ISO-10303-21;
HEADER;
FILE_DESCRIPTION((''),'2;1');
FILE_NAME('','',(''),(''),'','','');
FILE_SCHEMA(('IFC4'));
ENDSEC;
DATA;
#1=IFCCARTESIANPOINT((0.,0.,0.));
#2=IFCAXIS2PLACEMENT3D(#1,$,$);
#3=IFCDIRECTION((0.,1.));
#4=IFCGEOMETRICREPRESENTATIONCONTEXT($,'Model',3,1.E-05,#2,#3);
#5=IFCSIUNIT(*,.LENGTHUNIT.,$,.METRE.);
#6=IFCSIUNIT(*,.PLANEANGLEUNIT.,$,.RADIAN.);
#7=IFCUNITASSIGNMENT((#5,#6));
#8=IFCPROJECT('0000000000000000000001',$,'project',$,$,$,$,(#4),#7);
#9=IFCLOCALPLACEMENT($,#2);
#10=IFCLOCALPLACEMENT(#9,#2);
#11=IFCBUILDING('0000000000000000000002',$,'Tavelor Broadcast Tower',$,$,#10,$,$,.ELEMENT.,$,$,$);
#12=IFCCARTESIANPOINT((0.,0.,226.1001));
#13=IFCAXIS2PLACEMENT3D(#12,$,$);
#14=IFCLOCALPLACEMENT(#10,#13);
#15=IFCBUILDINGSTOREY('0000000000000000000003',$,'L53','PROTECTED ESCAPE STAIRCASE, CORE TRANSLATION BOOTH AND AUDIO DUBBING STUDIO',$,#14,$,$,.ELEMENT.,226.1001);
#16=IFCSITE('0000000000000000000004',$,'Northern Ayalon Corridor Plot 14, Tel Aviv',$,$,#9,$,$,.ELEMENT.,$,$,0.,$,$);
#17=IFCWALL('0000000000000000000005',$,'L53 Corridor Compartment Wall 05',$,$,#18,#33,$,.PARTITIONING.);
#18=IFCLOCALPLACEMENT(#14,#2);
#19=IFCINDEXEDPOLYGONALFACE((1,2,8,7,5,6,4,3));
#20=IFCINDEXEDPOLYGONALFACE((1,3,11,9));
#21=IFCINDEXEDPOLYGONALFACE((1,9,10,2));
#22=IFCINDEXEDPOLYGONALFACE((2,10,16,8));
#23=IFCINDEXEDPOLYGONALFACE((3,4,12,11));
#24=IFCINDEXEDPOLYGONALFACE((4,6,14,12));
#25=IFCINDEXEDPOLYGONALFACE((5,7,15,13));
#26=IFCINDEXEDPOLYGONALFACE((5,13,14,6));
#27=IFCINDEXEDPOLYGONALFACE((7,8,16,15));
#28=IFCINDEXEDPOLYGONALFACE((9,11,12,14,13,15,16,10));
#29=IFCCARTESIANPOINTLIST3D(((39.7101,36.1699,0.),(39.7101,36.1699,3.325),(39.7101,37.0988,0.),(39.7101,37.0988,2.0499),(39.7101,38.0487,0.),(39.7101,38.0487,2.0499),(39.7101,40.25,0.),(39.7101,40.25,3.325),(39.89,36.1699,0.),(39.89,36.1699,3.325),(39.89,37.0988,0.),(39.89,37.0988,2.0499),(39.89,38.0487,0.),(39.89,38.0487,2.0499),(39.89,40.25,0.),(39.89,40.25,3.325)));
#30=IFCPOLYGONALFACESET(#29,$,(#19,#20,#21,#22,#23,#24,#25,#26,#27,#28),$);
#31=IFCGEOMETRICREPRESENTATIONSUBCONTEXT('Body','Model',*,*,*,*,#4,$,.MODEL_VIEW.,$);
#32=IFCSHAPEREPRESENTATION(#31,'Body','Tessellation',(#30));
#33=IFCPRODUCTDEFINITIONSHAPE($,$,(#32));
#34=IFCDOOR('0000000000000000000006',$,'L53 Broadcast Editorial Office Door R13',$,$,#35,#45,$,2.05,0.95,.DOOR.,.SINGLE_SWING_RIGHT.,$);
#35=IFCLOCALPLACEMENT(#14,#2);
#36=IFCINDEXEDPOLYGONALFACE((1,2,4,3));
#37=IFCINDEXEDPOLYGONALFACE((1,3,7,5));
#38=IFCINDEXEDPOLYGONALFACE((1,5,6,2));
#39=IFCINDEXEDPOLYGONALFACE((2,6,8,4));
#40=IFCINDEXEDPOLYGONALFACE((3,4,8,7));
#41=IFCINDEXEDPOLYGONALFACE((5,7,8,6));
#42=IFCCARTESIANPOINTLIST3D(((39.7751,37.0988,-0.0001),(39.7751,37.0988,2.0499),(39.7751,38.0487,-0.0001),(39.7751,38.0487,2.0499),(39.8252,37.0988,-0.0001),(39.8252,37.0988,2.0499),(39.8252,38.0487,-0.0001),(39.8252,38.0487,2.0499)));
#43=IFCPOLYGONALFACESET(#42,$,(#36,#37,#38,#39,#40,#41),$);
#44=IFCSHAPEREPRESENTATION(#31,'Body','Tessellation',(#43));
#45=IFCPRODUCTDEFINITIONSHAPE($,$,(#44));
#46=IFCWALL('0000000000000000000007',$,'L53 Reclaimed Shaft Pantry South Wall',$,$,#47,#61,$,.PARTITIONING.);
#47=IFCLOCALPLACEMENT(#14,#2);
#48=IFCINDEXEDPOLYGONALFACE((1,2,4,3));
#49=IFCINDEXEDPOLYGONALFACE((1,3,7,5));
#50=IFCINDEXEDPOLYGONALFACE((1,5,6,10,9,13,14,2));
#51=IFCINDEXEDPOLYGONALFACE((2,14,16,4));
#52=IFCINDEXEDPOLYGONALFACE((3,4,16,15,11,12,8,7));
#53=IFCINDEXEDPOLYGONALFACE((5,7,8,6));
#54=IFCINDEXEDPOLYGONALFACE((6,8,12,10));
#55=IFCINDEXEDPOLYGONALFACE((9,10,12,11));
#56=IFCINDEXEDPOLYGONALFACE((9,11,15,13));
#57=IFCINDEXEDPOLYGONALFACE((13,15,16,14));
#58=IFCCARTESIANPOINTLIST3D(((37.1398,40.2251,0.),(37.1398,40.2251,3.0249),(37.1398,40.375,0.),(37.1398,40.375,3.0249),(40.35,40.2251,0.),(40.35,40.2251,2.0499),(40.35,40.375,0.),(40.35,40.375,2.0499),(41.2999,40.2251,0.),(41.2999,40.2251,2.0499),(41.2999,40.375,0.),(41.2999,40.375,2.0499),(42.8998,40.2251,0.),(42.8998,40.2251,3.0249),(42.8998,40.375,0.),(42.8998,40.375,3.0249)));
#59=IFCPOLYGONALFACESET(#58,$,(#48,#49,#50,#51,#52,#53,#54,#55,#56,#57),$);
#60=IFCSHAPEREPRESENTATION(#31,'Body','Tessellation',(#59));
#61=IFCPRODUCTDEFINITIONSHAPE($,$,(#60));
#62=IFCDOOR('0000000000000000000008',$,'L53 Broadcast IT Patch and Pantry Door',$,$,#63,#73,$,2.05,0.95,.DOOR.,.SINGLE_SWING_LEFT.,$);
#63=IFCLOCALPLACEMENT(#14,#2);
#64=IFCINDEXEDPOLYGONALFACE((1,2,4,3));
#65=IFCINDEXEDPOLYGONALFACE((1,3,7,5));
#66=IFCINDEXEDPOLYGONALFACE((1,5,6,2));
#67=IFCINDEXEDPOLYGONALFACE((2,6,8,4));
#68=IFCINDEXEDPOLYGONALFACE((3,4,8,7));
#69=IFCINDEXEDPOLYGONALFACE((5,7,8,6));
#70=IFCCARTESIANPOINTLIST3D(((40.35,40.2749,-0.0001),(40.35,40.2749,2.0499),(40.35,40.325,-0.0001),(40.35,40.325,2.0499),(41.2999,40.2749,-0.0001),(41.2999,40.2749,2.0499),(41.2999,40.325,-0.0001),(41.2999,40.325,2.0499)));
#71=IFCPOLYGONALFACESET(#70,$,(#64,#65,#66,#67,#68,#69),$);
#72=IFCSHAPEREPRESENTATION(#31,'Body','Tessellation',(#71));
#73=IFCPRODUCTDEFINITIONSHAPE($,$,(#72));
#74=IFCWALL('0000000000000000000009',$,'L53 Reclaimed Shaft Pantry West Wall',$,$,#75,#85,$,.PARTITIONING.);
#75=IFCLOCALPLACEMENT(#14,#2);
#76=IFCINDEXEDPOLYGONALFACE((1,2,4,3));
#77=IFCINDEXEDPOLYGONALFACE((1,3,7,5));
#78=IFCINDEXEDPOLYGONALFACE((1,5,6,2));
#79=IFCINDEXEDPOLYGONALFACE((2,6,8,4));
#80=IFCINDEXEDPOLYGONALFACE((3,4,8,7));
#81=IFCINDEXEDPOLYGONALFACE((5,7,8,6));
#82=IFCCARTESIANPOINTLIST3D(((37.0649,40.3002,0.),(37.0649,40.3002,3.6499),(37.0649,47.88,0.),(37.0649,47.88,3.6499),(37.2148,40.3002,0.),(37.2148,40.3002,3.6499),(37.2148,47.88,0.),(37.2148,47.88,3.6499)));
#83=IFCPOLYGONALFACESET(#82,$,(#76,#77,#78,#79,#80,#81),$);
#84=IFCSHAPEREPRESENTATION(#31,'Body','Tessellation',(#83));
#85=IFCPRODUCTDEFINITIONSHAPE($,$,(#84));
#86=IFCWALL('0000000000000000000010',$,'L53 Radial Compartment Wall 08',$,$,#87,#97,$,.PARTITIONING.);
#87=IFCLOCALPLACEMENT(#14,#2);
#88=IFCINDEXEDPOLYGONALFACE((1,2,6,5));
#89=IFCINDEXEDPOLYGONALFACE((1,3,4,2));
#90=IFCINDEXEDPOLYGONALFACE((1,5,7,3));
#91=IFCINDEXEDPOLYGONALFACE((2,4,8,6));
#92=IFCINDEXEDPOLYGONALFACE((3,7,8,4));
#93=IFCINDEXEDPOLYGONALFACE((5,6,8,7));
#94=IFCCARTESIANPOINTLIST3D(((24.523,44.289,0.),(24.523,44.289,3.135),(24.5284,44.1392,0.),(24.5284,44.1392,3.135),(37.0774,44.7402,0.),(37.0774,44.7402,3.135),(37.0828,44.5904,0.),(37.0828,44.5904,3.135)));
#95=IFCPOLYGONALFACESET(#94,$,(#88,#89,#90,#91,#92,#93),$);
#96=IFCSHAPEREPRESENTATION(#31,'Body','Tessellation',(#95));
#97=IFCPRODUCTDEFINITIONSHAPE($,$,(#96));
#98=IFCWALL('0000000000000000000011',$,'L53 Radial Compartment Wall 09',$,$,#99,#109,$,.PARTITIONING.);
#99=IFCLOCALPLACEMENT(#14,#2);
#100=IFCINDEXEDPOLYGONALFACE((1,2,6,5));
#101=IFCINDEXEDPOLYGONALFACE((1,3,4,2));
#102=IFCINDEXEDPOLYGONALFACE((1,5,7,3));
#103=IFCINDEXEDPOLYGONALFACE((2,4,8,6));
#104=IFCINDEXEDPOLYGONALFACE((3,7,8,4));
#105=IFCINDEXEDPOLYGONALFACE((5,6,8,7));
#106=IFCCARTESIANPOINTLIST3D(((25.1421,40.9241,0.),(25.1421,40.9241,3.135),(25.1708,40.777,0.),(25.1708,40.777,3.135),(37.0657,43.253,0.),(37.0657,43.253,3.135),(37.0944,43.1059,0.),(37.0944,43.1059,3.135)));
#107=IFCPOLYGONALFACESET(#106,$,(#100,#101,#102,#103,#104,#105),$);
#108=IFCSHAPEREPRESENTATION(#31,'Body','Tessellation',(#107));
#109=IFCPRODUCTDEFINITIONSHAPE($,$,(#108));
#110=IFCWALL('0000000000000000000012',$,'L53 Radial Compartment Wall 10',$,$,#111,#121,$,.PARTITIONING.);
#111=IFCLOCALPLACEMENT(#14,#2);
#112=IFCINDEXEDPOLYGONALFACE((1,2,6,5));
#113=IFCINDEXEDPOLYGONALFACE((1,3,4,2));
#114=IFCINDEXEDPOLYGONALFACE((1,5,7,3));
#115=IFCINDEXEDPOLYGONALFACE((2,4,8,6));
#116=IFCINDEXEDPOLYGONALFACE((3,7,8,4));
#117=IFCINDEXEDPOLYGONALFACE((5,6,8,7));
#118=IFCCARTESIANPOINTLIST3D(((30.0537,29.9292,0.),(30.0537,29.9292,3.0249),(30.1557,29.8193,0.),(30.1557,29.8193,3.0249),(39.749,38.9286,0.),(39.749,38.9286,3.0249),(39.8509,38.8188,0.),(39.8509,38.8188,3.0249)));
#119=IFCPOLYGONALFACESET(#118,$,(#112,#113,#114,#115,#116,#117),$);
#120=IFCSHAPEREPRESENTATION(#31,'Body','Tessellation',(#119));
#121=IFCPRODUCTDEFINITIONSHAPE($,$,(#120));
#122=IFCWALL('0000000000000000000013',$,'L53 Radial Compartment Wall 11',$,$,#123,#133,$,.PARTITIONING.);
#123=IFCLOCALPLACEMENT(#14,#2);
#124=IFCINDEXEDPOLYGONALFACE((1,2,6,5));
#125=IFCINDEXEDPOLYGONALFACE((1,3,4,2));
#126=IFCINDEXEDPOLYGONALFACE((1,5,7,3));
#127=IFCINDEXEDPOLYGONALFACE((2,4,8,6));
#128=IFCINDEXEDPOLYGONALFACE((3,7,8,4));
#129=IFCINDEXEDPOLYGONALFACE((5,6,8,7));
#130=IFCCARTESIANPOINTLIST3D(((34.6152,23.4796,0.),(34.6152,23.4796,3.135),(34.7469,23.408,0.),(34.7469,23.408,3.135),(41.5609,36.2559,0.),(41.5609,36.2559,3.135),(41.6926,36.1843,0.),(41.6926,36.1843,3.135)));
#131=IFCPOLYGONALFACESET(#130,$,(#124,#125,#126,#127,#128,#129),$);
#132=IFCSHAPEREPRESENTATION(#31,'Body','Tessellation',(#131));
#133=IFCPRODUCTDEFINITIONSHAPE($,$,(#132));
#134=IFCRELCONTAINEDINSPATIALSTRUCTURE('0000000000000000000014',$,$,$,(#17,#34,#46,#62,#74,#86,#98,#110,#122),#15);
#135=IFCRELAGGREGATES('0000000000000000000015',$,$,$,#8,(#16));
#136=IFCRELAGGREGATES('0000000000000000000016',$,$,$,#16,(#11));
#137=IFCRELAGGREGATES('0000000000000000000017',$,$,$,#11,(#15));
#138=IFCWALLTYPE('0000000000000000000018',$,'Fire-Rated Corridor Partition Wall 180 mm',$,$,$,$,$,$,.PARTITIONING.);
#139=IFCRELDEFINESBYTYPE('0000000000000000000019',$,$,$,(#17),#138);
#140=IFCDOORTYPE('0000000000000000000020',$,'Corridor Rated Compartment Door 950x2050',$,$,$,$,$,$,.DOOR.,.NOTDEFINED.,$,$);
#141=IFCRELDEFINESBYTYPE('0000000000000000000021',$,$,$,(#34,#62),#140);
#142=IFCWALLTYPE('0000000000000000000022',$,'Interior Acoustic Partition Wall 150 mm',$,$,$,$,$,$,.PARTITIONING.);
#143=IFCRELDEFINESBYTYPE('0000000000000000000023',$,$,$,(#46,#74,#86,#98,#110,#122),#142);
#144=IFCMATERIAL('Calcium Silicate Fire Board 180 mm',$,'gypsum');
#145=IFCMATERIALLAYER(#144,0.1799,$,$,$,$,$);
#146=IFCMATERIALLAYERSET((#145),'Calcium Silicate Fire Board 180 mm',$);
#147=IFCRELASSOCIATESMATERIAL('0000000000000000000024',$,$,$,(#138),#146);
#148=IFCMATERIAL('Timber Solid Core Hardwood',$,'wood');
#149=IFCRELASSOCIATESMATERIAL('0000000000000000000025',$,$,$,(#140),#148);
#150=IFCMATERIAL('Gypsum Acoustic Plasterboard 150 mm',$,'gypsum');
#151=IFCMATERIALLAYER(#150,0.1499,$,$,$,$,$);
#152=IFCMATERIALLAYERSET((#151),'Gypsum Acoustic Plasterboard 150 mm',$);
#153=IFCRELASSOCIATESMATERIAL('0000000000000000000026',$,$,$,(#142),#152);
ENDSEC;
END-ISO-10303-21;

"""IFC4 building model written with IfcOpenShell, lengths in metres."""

from ifc_helpers import new_model, si_unit, direction, frame, frame_2d, origin, place, context, subcontext, project, spatial, rectangle, extrude, material, layer, layer_set, type_object, element, fill, save


model = new_model("IFC4")

# Units and contexts
model_context = context("Model", 3, precision=1e-05, world=origin(), true_north=direction((0.0, 1.0)))
body_context = subcontext(model_context, "Body", "Model", "MODEL_VIEW")
ifc_project = project(units=[si_unit("LENGTHUNIT", "METRE"), si_unit("PLANEANGLEUNIT", "RADIAN")], contexts=[model_context])

# Site, building, storey
site_placement = place(None, origin())
site = spatial("IfcSite", under=ifc_project, at=site_placement, Name="Northern Ayalon Corridor Plot 14, Tel Aviv", CompositionType="ELEMENT", RefElevation=0.0)
building_placement = place(site_placement, origin())
building = spatial("IfcBuilding", under=site, at=building_placement, Name="Tavelor Broadcast Tower", CompositionType="ELEMENT")
storey_placement = place(building_placement, frame((0.0, 0.0, 226.1001)))
storey = spatial("IfcBuildingStorey", under=building, at=storey_placement, Name="L53", Description="PROTECTED ESCAPE STAIRCASE, CORE TRANSLATION BOOTH AND AUDIO DUBBING STUDIO", CompositionType="ELEMENT", Elevation=226.1001)

# Walls, openings, doors
ifc_material_1 = material(Name="Calcium Silicate Fire Board 180 mm", Category="gypsum")
ifc_layer_1 = layer(ifc_material_1, 0.1799)
ifc_layer_set_1 = layer_set([ifc_layer_1], Name="Calcium Silicate Fire Board 180 mm")
wall_type_1 = type_object("IfcWallType", Name="Fire-Rated Corridor Partition Wall 180 mm", PredefinedType="PARTITIONING", material=ifc_layer_set_1)
wall_1_placement = place(storey_placement, frame((39.8, 36.1699, 0.0), z_axis=(0.0, 0.0, 1.0), x_axis=(0.0, 1.0, 0.0)))
wall_1 = element("IfcWall", 1, at=wall_1_placement, inside=storey, type_object=wall_type_1, Name="L53 Corridor Compartment Wall 05", PredefinedType="PARTITIONING", context=body_context, shape_type="SweptSolid", body=[
    extrude(rectangle(XDim=4.0801, YDim=0.1799, at=frame_2d((2.04, 0.0))), origin(), (0.0, 0.0, 1.0), 3.325),
])
opening_1_placement = place(wall_1_placement, frame((0.9287, 0.0, 0.0)))
opening_1 = element("IfcOpeningElement", 2, at=opening_1_placement, cuts=wall_1, PredefinedType="OPENING", context=body_context, shape_type="SweptSolid", body=[
    extrude(rectangle(XDim=0.95, YDim=2.05, at=frame_2d((0.4751, 1.0249))), frame((0.0, 0.1001, 0.0), z_axis=(0.0, -1.0, 0.0), x_axis=(1.0, 0.0, 0.0)), (0.0, 0.0, 1.0), 0.2),
])
ifc_material_2 = material(Name="Timber Solid Core Hardwood", Category="wood")
door_type_1 = type_object("IfcDoorType", Name="Corridor Rated Compartment Door 950x2050", OperationType="NOTDEFINED", PredefinedType="DOOR", material=ifc_material_2)
door_1_placement = place(opening_1_placement, origin())
door_1 = element("IfcDoor", 3, at=door_1_placement, inside=storey, type_object=door_type_1, Name="L53 Broadcast Editorial Office Door R13", OperationType="SINGLE_SWING_RIGHT", OverallHeight=2.05, OverallWidth=0.95, PredefinedType="DOOR", context=body_context, shape_type="SweptSolid", body=[
    extrude(rectangle(XDim=0.95, YDim=2.05, at=frame_2d((0.4751, 1.0249))), frame((0.0, 0.0249, 0.0), z_axis=(0.0, -1.0, 0.0), x_axis=(1.0, 0.0, 0.0)), (0.0, 0.0, 1.0), 0.05),
])
fill(opening_1, door_1)
ifc_material_3 = material(Name="Gypsum Acoustic Plasterboard 150 mm", Category="gypsum")
ifc_layer_2 = layer(ifc_material_3, 0.1499)
ifc_layer_set_2 = layer_set([ifc_layer_2], Name="Gypsum Acoustic Plasterboard 150 mm")
wall_type_2 = type_object("IfcWallType", Name="Interior Acoustic Partition Wall 150 mm", PredefinedType="PARTITIONING", material=ifc_layer_set_2)
wall_2_placement = place(storey_placement, frame((37.1399, 40.3, 0.0), z_axis=(0.0, 0.0, 1.0), x_axis=(1.0, 0.0, 0.0)))
wall_2 = element("IfcWall", 4, at=wall_2_placement, inside=storey, type_object=wall_type_2, Name="L53 Reclaimed Shaft Pantry South Wall", PredefinedType="PARTITIONING", context=body_context, shape_type="SweptSolid", body=[
    extrude(rectangle(XDim=5.76, YDim=0.1499, at=frame_2d((2.8799, 0.0))), origin(), (0.0, 0.0, 1.0), 3.0249),
])
opening_2_placement = place(wall_2_placement, frame((3.21, 0.0, 0.0)))
opening_2 = element("IfcOpeningElement", 5, at=opening_2_placement, cuts=wall_2, PredefinedType="OPENING", context=body_context, shape_type="SweptSolid", body=[
    extrude(rectangle(XDim=0.95, YDim=2.05, at=frame_2d((0.4751, 1.0249))), frame((0.0, 0.085, 0.0), z_axis=(0.0, -1.0, 0.0), x_axis=(1.0, 0.0, 0.0)), (0.0, 0.0, 1.0), 0.1699),
])
door_2_placement = place(opening_2_placement, origin())
door_2 = element("IfcDoor", 6, at=door_2_placement, inside=storey, type_object=door_type_1, Name="L53 Broadcast IT Patch and Pantry Door", OperationType="SINGLE_SWING_LEFT", OverallHeight=2.05, OverallWidth=0.95, PredefinedType="DOOR", context=body_context, shape_type="SweptSolid", body=[
    extrude(rectangle(XDim=0.95, YDim=2.05, at=frame_2d((0.4751, 1.0249))), frame((0.0, 0.0249, 0.0), z_axis=(0.0, -1.0, 0.0), x_axis=(1.0, 0.0, 0.0)), (0.0, 0.0, 1.0), 0.05),
])
fill(opening_2, door_2)

# Walls
wall_3_placement = place(storey_placement, frame((37.1399, 40.3, 0.0), z_axis=(0.0, 0.0, 1.0), x_axis=(0.0, 1.0, 0.0)))
element("IfcWall", 7, at=wall_3_placement, inside=storey, type_object=wall_type_2, Name="L53 Reclaimed Shaft Pantry West Wall", PredefinedType="PARTITIONING", context=body_context, shape_type="SweptSolid", body=[
    extrude(rectangle(XDim=7.5798, YDim=0.1499, at=frame_2d((3.79, 0.0))), origin(), (0.0, 0.0, 1.0), 3.6499),
])
wall_4_placement = place(storey_placement, frame((37.0801, 44.6653, 0.0), z_axis=(0.0, 0.0, 1.0), x_axis=(-0.999355, -0.035914, 0.0)))
element("IfcWall", 8, at=wall_4_placement, inside=storey, type_object=wall_type_2, Name="L53 Radial Compartment Wall 08", PredefinedType="PARTITIONING", context=body_context, shape_type="SweptSolid", body=[
    extrude(rectangle(XDim=12.5625, YDim=0.1499, at=frame_2d((6.2812, 0.0))), origin(), (0.0, 0.0, 1.0), 3.135),
])
wall_5_placement = place(storey_placement, frame((37.0801, 43.1794, 0.0), z_axis=(0.0, 0.0, 1.0), x_axis=(-0.981455, -0.191693, 0.0)))
element("IfcWall", 9, at=wall_5_placement, inside=storey, type_object=wall_type_2, Name="L53 Radial Compartment Wall 09", PredefinedType="PARTITIONING", context=body_context, shape_type="SweptSolid", body=[
    extrude(rectangle(XDim=12.1489, YDim=0.1499, at=frame_2d((6.0745, 0.0))), origin(), (0.0, 0.0, 1.0), 3.135),
])
wall_6_placement = place(storey_placement, frame((39.8, 38.8738, 0.0), z_axis=(0.0, 0.0, 1.0), x_axis=(-0.732917, -0.680318, 0.0)))
element("IfcWall", 10, at=wall_6_placement, inside=storey, type_object=wall_type_2, Name="L53 Radial Compartment Wall 10", PredefinedType="PARTITIONING", context=body_context, shape_type="SweptSolid", body=[
    extrude(rectangle(XDim=13.2283, YDim=0.1499, at=frame_2d((6.6143, 0.0))), origin(), (0.0, 0.0, 1.0), 3.0249),
])
wall_7_placement = place(storey_placement, frame((41.6267, 36.22, 0.0), z_axis=(0.0, 0.0, 1.0), x_axis=(-0.477626, -0.878563, 0.0)))
element("IfcWall", 11, at=wall_7_placement, inside=storey, type_object=wall_type_2, Name="L53 Radial Compartment Wall 11", PredefinedType="PARTITIONING", context=body_context, shape_type="SweptSolid", body=[
    extrude(rectangle(XDim=14.5422, YDim=0.1499, at=frame_2d((7.271, 0.0))), origin(), (0.0, 0.0, 1.0), 3.135),
])

save(model, "model.ifc")
